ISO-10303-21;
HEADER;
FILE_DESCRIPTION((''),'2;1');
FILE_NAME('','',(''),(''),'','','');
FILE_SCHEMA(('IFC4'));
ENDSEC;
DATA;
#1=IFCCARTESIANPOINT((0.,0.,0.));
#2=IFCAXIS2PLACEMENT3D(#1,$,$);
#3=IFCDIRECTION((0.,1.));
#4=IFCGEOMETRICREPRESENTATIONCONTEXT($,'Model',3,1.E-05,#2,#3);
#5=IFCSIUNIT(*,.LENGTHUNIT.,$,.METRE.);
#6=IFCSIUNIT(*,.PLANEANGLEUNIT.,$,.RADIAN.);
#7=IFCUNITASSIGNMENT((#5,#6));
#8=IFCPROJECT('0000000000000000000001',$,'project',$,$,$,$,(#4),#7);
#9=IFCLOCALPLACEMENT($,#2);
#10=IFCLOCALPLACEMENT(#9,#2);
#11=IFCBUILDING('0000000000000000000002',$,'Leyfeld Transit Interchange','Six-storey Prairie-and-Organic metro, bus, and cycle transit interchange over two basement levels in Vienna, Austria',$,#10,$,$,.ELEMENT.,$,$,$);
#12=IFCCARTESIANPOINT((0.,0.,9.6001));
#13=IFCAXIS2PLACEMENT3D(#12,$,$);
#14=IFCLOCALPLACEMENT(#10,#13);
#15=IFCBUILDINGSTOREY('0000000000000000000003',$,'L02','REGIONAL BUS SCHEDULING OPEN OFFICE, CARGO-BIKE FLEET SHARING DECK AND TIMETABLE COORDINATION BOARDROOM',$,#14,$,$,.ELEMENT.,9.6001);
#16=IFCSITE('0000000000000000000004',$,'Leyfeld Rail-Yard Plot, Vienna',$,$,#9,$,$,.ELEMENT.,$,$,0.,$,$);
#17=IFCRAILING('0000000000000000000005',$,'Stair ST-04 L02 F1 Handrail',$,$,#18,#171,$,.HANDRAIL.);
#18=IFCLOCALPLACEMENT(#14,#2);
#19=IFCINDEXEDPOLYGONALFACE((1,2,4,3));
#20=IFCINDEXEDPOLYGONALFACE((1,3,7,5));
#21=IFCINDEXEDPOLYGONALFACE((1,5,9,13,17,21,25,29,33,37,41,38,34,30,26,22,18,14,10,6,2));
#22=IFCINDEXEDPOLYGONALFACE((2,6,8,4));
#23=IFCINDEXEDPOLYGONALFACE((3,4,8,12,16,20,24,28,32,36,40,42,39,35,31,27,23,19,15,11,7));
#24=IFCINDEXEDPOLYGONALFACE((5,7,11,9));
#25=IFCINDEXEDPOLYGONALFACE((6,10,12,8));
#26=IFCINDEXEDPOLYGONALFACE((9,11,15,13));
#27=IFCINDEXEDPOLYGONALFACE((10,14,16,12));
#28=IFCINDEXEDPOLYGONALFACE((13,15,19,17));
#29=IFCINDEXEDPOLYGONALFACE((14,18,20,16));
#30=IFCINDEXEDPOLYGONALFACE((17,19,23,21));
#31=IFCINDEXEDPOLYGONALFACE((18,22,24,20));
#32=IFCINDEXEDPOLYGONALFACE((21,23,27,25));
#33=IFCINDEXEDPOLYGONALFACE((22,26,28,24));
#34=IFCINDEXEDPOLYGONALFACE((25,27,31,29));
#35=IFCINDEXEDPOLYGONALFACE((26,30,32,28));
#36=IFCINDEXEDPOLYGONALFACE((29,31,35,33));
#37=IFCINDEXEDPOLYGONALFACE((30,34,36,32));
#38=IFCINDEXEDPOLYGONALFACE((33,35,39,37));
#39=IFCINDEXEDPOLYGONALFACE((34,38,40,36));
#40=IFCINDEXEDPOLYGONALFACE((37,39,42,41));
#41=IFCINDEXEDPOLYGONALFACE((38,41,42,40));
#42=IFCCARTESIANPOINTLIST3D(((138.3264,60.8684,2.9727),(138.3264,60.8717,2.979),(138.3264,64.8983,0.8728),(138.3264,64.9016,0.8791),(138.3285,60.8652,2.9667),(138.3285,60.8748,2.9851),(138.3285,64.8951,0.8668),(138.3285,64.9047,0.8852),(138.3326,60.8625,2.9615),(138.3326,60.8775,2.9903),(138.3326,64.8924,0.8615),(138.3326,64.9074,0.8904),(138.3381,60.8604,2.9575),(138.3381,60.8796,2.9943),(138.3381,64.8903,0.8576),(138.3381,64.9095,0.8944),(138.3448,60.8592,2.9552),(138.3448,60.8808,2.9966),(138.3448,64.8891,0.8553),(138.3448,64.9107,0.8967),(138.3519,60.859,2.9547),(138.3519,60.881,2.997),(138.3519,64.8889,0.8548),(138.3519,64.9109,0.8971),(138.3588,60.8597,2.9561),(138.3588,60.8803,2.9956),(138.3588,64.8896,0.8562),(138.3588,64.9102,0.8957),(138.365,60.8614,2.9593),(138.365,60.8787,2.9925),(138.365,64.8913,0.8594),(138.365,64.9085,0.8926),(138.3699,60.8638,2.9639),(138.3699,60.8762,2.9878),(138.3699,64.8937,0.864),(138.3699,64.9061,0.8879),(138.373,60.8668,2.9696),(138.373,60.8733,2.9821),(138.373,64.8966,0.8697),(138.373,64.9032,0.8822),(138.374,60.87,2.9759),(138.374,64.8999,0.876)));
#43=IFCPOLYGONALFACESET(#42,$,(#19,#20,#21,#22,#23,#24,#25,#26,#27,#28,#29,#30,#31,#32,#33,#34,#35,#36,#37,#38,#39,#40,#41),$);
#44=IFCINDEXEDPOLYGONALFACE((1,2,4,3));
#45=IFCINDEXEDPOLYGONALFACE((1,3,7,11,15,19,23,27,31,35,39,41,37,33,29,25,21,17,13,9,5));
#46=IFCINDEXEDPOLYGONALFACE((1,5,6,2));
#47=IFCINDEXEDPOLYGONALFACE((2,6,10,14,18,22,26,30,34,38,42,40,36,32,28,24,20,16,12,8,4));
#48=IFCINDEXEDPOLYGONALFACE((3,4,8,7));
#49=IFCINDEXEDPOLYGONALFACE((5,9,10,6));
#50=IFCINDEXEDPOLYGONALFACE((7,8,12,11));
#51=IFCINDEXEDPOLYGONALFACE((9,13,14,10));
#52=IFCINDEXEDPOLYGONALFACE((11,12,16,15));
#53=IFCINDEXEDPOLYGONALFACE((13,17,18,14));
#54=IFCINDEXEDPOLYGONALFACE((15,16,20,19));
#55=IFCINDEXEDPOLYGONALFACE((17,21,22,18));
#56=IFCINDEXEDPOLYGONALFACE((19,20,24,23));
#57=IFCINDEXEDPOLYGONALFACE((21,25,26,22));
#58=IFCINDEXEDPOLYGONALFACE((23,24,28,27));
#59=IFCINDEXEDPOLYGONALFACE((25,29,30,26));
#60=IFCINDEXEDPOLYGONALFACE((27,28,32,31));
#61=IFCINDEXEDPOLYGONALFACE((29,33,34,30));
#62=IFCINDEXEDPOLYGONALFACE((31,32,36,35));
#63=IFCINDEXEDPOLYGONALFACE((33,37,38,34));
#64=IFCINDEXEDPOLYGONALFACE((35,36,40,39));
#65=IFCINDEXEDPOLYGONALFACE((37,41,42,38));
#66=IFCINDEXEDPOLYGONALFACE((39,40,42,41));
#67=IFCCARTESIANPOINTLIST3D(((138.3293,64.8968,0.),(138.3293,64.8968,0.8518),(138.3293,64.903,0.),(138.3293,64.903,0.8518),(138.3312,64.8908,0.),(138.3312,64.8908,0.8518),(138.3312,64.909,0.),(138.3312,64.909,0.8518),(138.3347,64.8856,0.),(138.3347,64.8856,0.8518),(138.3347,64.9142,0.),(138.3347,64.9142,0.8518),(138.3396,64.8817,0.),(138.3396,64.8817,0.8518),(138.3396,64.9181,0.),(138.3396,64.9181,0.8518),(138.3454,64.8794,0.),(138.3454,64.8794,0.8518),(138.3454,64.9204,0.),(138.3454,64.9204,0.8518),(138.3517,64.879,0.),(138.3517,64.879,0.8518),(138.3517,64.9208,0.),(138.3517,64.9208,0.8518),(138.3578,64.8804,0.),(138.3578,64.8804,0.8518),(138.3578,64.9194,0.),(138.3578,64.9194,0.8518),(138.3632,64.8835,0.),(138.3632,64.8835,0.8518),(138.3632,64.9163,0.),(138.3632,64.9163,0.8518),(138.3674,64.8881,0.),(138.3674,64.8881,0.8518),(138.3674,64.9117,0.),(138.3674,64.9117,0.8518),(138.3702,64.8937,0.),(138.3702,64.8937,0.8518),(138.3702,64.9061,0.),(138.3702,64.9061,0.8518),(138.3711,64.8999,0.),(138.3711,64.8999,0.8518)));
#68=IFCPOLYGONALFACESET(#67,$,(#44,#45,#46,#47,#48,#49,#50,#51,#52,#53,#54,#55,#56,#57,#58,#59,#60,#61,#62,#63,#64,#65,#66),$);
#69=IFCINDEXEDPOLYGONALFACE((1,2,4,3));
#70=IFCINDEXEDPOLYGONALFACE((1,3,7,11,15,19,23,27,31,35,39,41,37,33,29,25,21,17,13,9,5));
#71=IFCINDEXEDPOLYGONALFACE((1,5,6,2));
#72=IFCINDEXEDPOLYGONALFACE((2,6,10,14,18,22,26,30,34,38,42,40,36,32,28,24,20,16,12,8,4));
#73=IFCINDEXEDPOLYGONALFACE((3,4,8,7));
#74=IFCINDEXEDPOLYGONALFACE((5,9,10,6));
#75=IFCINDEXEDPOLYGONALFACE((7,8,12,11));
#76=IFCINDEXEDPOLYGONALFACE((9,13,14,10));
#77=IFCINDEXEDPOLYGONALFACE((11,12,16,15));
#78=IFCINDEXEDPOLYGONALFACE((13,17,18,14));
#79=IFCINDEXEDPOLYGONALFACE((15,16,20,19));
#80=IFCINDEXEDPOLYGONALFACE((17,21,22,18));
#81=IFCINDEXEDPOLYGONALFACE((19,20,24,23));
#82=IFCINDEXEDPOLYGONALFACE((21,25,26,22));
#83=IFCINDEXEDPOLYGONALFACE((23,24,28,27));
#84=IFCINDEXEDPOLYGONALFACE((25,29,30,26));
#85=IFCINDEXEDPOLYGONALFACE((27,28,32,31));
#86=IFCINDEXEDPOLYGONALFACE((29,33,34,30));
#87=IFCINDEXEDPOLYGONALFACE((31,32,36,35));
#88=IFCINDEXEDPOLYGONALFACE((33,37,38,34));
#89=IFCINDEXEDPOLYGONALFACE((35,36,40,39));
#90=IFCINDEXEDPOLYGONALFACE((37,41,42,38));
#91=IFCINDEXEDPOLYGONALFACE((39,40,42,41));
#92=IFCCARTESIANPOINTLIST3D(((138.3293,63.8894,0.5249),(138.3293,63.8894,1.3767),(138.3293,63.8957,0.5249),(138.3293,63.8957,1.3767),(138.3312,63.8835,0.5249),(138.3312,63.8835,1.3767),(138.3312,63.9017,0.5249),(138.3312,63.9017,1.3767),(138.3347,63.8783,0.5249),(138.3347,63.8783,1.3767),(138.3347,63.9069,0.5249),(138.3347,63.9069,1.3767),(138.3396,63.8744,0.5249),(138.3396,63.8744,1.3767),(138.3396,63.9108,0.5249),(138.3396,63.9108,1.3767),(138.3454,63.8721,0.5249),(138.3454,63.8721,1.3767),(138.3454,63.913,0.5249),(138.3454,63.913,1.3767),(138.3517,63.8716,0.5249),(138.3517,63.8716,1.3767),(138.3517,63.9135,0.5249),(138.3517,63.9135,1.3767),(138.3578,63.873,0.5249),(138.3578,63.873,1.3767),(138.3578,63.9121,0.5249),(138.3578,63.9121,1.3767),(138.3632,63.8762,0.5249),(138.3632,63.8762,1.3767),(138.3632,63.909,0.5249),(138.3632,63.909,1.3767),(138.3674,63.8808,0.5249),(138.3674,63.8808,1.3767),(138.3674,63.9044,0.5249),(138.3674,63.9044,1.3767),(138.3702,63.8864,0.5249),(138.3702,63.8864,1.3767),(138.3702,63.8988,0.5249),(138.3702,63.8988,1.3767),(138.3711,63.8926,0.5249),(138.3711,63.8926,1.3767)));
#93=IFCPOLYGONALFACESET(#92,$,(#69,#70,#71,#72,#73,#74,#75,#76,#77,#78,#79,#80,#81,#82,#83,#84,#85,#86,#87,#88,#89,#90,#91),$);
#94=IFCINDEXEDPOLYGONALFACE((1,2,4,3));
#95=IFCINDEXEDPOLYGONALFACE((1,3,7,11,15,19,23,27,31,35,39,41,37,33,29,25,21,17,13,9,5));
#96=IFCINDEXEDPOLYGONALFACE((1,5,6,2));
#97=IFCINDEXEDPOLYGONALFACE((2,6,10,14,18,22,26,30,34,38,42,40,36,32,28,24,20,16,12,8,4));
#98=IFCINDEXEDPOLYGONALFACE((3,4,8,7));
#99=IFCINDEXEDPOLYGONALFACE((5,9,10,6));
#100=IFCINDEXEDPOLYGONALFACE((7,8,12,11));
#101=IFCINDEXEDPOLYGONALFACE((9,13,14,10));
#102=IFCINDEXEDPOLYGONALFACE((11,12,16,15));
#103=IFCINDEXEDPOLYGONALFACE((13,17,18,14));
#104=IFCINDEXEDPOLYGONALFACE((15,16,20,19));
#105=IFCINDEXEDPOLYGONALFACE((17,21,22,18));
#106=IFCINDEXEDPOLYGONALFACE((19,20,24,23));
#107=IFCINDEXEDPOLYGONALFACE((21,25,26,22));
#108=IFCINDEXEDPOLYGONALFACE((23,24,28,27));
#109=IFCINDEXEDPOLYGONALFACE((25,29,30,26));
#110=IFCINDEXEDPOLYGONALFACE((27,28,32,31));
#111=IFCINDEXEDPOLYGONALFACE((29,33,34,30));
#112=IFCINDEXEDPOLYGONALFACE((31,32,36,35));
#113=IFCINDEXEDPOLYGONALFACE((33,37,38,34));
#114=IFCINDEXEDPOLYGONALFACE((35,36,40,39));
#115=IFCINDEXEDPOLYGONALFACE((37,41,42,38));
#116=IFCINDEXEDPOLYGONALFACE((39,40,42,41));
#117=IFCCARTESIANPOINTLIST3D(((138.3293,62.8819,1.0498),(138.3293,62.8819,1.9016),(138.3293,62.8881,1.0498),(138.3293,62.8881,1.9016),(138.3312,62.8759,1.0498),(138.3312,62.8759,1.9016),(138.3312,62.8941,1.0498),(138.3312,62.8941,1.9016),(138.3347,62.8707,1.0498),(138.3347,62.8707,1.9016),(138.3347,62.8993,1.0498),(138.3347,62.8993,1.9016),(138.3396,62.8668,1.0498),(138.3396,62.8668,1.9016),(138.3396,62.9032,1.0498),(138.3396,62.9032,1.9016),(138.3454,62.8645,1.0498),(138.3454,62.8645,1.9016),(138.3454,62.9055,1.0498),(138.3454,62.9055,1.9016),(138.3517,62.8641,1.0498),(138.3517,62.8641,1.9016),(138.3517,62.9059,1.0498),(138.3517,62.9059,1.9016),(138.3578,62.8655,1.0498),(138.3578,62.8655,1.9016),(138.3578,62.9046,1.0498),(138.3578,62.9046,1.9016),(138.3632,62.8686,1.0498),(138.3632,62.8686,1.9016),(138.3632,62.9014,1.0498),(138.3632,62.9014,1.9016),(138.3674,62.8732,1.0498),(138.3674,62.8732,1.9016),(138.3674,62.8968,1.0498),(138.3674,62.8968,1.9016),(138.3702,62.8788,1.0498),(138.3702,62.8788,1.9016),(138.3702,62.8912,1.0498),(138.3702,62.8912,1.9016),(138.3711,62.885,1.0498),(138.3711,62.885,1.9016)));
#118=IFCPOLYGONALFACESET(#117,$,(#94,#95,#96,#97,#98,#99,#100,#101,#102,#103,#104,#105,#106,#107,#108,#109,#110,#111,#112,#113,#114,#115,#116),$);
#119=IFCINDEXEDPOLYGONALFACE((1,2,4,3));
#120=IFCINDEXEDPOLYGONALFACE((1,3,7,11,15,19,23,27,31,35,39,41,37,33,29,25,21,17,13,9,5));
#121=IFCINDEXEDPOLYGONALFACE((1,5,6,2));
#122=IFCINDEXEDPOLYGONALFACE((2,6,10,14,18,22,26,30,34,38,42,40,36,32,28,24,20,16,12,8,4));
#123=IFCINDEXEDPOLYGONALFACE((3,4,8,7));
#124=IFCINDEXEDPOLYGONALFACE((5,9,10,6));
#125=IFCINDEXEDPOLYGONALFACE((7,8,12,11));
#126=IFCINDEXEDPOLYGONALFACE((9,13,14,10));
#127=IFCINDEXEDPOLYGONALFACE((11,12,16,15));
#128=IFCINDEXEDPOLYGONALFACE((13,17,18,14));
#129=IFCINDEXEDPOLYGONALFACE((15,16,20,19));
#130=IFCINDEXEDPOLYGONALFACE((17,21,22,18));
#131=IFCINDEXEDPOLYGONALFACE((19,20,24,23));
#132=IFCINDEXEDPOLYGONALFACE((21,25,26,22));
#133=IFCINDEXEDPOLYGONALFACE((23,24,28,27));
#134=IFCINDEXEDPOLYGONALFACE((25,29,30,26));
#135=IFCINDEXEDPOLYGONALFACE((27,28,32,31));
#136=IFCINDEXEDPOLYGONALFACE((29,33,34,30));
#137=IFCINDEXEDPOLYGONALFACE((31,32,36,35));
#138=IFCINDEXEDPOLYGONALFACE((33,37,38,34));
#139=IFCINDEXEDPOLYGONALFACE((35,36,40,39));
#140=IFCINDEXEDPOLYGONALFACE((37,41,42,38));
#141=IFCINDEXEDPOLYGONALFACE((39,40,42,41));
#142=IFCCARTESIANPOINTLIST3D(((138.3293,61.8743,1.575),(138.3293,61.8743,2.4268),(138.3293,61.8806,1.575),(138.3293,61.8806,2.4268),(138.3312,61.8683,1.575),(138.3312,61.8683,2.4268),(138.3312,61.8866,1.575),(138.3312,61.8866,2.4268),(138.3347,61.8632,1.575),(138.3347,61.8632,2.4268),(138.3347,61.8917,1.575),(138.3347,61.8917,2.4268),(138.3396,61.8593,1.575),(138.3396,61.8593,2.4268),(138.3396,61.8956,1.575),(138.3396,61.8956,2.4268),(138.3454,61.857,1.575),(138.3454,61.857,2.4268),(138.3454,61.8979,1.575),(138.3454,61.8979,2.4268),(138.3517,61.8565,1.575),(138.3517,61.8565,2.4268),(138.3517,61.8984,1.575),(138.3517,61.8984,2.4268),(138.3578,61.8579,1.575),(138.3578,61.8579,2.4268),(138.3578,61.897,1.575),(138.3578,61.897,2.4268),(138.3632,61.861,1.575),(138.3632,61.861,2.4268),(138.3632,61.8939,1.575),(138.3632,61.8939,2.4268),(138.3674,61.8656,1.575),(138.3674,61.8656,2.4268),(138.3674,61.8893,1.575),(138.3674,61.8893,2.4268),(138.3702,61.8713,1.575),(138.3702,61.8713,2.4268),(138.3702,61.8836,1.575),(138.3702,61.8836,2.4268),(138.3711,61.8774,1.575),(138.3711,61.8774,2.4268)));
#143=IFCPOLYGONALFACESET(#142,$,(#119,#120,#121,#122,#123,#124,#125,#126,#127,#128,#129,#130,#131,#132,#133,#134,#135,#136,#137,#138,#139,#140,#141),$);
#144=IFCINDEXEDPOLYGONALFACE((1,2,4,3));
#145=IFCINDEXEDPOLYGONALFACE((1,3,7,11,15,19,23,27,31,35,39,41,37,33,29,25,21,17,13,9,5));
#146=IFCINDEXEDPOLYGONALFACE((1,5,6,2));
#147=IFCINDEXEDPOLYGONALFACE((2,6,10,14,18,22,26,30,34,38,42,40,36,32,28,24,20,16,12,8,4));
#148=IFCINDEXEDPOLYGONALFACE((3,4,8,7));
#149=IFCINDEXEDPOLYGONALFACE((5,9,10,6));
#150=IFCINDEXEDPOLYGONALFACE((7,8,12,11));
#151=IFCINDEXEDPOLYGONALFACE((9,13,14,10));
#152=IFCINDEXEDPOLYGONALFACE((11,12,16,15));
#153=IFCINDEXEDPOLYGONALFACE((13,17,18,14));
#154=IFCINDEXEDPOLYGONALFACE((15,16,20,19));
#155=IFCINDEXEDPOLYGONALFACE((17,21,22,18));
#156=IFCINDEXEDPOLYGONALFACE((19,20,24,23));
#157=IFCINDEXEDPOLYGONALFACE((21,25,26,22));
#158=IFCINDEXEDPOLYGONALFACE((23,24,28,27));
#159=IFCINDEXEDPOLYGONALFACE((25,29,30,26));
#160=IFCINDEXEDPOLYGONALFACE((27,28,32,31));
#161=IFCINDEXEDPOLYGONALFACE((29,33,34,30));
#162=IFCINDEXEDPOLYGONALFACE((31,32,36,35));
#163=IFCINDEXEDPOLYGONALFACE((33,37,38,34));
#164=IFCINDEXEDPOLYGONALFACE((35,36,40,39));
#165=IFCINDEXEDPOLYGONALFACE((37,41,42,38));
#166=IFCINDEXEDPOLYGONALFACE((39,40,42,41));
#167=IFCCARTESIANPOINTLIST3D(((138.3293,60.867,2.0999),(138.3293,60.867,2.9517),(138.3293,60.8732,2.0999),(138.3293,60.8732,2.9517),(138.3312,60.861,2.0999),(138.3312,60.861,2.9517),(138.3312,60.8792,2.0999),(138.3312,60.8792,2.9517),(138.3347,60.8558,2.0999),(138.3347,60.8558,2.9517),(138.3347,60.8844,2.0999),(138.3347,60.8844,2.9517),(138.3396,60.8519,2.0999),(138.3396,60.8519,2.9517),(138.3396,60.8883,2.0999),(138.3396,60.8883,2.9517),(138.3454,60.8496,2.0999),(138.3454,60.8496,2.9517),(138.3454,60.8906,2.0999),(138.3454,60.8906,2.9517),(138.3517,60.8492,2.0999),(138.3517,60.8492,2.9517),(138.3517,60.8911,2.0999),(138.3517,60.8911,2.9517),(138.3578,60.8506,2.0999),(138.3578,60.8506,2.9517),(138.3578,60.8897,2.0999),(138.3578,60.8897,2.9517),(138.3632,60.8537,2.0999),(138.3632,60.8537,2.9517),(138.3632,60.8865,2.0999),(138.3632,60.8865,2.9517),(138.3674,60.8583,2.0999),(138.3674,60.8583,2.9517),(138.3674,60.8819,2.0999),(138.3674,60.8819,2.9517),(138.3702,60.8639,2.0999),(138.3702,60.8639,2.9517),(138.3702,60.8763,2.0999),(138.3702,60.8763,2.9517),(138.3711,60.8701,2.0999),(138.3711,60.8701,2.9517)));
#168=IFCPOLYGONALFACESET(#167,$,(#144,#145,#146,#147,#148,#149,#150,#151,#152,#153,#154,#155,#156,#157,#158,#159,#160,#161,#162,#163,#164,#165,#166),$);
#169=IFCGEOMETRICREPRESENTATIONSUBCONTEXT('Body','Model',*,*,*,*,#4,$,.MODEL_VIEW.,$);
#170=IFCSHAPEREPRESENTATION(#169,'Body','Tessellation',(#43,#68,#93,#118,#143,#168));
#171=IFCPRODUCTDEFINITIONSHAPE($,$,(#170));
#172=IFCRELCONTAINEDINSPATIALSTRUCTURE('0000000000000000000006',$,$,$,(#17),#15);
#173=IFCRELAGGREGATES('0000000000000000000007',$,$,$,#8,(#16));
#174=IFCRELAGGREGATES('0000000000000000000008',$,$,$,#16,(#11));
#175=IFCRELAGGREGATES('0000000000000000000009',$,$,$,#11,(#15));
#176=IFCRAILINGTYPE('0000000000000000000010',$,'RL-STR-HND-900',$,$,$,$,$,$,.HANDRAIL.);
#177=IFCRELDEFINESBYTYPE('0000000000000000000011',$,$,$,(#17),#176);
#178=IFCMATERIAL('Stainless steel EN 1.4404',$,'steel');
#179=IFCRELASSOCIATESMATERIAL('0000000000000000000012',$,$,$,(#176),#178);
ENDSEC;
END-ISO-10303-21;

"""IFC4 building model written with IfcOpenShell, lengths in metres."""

from ifc_helpers import new_model, si_unit, direction, frame, origin, origin_2d, place, context, subcontext, project, spatial, circle, extrude, material, type_object, element, save


model = new_model("IFC4")

# Units and contexts
model_context = context("Model", 3, precision=1e-05, world=origin(), true_north=direction((0.0, 1.0)))
body_context = subcontext(model_context, "Body", "Model", "MODEL_VIEW")
ifc_project = project(units=[si_unit("LENGTHUNIT", "METRE"), si_unit("PLANEANGLEUNIT", "RADIAN")], contexts=[model_context])

# Site, building, storey
site_placement = place(None, origin())
site = spatial("IfcSite", under=ifc_project, at=site_placement, Name="Leyfeld Rail-Yard Plot, Vienna", CompositionType="ELEMENT", RefElevation=0.0)
building_placement = place(site_placement, origin())
building = spatial("IfcBuilding", under=site, at=building_placement, Name="Leyfeld Transit Interchange", Description="Six-storey Prairie-and-Organic metro, bus, and cycle transit interchange over two basement levels in Vienna, Austria", CompositionType="ELEMENT")
storey_placement = place(building_placement, frame((0.0, 0.0, 9.6001)))
storey = spatial("IfcBuildingStorey", under=building, at=storey_placement, Name="L02", Description="REGIONAL BUS SCHEDULING OPEN OFFICE, CARGO-BIKE FLEET SHARING DECK AND TIMETABLE COORDINATION BOARDROOM", CompositionType="ELEMENT", Elevation=9.6001)

# Railing
ifc_material_1 = material(Name="Stainless steel EN 1.4404", Category="steel")
railing_type_1 = type_object("IfcRailingType", Name="RL-STR-HND-900", PredefinedType="HANDRAIL", material=ifc_material_1)
railing_1_placement = place(storey_placement, frame((138.3501, 64.8999, 0.0)))
element("IfcRailing", 1, at=railing_1_placement, inside=storey, type_object=railing_type_1, Name="Stair ST-04 L02 F1 Handrail", PredefinedType="HANDRAIL", context=body_context, shape_type="SweptSolid", body=[
    extrude(circle(Radius=0.0239, at=origin_2d()), frame((0.0, 0.0, 0.876), z_axis=(0.0, -0.886823, 0.462109), x_axis=(1.0, 0.0, 0.0)), (0.0, 0.0, 1.0), 4.5442),
    extrude(circle(Radius=0.021, at=origin_2d()), origin(), (0.0, 0.0, 1.0), 0.8518),
    extrude(circle(Radius=0.021, at=origin_2d()), frame((0.0, -1.0073, 0.5249)), (0.0, 0.0, 1.0), 0.8518),
    extrude(circle(Radius=0.021, at=origin_2d()), frame((0.0, -2.0149, 1.0498)), (0.0, 0.0, 1.0), 0.8518),
    extrude(circle(Radius=0.021, at=origin_2d()), frame((0.0, -3.0225, 1.575)), (0.0, 0.0, 1.0), 0.8518),
    extrude(circle(Radius=0.021, at=origin_2d()), frame((0.0, -4.0298, 2.0999)), (0.0, 0.0, 1.0), 0.8518),
])

save(model, "model.ifc")
